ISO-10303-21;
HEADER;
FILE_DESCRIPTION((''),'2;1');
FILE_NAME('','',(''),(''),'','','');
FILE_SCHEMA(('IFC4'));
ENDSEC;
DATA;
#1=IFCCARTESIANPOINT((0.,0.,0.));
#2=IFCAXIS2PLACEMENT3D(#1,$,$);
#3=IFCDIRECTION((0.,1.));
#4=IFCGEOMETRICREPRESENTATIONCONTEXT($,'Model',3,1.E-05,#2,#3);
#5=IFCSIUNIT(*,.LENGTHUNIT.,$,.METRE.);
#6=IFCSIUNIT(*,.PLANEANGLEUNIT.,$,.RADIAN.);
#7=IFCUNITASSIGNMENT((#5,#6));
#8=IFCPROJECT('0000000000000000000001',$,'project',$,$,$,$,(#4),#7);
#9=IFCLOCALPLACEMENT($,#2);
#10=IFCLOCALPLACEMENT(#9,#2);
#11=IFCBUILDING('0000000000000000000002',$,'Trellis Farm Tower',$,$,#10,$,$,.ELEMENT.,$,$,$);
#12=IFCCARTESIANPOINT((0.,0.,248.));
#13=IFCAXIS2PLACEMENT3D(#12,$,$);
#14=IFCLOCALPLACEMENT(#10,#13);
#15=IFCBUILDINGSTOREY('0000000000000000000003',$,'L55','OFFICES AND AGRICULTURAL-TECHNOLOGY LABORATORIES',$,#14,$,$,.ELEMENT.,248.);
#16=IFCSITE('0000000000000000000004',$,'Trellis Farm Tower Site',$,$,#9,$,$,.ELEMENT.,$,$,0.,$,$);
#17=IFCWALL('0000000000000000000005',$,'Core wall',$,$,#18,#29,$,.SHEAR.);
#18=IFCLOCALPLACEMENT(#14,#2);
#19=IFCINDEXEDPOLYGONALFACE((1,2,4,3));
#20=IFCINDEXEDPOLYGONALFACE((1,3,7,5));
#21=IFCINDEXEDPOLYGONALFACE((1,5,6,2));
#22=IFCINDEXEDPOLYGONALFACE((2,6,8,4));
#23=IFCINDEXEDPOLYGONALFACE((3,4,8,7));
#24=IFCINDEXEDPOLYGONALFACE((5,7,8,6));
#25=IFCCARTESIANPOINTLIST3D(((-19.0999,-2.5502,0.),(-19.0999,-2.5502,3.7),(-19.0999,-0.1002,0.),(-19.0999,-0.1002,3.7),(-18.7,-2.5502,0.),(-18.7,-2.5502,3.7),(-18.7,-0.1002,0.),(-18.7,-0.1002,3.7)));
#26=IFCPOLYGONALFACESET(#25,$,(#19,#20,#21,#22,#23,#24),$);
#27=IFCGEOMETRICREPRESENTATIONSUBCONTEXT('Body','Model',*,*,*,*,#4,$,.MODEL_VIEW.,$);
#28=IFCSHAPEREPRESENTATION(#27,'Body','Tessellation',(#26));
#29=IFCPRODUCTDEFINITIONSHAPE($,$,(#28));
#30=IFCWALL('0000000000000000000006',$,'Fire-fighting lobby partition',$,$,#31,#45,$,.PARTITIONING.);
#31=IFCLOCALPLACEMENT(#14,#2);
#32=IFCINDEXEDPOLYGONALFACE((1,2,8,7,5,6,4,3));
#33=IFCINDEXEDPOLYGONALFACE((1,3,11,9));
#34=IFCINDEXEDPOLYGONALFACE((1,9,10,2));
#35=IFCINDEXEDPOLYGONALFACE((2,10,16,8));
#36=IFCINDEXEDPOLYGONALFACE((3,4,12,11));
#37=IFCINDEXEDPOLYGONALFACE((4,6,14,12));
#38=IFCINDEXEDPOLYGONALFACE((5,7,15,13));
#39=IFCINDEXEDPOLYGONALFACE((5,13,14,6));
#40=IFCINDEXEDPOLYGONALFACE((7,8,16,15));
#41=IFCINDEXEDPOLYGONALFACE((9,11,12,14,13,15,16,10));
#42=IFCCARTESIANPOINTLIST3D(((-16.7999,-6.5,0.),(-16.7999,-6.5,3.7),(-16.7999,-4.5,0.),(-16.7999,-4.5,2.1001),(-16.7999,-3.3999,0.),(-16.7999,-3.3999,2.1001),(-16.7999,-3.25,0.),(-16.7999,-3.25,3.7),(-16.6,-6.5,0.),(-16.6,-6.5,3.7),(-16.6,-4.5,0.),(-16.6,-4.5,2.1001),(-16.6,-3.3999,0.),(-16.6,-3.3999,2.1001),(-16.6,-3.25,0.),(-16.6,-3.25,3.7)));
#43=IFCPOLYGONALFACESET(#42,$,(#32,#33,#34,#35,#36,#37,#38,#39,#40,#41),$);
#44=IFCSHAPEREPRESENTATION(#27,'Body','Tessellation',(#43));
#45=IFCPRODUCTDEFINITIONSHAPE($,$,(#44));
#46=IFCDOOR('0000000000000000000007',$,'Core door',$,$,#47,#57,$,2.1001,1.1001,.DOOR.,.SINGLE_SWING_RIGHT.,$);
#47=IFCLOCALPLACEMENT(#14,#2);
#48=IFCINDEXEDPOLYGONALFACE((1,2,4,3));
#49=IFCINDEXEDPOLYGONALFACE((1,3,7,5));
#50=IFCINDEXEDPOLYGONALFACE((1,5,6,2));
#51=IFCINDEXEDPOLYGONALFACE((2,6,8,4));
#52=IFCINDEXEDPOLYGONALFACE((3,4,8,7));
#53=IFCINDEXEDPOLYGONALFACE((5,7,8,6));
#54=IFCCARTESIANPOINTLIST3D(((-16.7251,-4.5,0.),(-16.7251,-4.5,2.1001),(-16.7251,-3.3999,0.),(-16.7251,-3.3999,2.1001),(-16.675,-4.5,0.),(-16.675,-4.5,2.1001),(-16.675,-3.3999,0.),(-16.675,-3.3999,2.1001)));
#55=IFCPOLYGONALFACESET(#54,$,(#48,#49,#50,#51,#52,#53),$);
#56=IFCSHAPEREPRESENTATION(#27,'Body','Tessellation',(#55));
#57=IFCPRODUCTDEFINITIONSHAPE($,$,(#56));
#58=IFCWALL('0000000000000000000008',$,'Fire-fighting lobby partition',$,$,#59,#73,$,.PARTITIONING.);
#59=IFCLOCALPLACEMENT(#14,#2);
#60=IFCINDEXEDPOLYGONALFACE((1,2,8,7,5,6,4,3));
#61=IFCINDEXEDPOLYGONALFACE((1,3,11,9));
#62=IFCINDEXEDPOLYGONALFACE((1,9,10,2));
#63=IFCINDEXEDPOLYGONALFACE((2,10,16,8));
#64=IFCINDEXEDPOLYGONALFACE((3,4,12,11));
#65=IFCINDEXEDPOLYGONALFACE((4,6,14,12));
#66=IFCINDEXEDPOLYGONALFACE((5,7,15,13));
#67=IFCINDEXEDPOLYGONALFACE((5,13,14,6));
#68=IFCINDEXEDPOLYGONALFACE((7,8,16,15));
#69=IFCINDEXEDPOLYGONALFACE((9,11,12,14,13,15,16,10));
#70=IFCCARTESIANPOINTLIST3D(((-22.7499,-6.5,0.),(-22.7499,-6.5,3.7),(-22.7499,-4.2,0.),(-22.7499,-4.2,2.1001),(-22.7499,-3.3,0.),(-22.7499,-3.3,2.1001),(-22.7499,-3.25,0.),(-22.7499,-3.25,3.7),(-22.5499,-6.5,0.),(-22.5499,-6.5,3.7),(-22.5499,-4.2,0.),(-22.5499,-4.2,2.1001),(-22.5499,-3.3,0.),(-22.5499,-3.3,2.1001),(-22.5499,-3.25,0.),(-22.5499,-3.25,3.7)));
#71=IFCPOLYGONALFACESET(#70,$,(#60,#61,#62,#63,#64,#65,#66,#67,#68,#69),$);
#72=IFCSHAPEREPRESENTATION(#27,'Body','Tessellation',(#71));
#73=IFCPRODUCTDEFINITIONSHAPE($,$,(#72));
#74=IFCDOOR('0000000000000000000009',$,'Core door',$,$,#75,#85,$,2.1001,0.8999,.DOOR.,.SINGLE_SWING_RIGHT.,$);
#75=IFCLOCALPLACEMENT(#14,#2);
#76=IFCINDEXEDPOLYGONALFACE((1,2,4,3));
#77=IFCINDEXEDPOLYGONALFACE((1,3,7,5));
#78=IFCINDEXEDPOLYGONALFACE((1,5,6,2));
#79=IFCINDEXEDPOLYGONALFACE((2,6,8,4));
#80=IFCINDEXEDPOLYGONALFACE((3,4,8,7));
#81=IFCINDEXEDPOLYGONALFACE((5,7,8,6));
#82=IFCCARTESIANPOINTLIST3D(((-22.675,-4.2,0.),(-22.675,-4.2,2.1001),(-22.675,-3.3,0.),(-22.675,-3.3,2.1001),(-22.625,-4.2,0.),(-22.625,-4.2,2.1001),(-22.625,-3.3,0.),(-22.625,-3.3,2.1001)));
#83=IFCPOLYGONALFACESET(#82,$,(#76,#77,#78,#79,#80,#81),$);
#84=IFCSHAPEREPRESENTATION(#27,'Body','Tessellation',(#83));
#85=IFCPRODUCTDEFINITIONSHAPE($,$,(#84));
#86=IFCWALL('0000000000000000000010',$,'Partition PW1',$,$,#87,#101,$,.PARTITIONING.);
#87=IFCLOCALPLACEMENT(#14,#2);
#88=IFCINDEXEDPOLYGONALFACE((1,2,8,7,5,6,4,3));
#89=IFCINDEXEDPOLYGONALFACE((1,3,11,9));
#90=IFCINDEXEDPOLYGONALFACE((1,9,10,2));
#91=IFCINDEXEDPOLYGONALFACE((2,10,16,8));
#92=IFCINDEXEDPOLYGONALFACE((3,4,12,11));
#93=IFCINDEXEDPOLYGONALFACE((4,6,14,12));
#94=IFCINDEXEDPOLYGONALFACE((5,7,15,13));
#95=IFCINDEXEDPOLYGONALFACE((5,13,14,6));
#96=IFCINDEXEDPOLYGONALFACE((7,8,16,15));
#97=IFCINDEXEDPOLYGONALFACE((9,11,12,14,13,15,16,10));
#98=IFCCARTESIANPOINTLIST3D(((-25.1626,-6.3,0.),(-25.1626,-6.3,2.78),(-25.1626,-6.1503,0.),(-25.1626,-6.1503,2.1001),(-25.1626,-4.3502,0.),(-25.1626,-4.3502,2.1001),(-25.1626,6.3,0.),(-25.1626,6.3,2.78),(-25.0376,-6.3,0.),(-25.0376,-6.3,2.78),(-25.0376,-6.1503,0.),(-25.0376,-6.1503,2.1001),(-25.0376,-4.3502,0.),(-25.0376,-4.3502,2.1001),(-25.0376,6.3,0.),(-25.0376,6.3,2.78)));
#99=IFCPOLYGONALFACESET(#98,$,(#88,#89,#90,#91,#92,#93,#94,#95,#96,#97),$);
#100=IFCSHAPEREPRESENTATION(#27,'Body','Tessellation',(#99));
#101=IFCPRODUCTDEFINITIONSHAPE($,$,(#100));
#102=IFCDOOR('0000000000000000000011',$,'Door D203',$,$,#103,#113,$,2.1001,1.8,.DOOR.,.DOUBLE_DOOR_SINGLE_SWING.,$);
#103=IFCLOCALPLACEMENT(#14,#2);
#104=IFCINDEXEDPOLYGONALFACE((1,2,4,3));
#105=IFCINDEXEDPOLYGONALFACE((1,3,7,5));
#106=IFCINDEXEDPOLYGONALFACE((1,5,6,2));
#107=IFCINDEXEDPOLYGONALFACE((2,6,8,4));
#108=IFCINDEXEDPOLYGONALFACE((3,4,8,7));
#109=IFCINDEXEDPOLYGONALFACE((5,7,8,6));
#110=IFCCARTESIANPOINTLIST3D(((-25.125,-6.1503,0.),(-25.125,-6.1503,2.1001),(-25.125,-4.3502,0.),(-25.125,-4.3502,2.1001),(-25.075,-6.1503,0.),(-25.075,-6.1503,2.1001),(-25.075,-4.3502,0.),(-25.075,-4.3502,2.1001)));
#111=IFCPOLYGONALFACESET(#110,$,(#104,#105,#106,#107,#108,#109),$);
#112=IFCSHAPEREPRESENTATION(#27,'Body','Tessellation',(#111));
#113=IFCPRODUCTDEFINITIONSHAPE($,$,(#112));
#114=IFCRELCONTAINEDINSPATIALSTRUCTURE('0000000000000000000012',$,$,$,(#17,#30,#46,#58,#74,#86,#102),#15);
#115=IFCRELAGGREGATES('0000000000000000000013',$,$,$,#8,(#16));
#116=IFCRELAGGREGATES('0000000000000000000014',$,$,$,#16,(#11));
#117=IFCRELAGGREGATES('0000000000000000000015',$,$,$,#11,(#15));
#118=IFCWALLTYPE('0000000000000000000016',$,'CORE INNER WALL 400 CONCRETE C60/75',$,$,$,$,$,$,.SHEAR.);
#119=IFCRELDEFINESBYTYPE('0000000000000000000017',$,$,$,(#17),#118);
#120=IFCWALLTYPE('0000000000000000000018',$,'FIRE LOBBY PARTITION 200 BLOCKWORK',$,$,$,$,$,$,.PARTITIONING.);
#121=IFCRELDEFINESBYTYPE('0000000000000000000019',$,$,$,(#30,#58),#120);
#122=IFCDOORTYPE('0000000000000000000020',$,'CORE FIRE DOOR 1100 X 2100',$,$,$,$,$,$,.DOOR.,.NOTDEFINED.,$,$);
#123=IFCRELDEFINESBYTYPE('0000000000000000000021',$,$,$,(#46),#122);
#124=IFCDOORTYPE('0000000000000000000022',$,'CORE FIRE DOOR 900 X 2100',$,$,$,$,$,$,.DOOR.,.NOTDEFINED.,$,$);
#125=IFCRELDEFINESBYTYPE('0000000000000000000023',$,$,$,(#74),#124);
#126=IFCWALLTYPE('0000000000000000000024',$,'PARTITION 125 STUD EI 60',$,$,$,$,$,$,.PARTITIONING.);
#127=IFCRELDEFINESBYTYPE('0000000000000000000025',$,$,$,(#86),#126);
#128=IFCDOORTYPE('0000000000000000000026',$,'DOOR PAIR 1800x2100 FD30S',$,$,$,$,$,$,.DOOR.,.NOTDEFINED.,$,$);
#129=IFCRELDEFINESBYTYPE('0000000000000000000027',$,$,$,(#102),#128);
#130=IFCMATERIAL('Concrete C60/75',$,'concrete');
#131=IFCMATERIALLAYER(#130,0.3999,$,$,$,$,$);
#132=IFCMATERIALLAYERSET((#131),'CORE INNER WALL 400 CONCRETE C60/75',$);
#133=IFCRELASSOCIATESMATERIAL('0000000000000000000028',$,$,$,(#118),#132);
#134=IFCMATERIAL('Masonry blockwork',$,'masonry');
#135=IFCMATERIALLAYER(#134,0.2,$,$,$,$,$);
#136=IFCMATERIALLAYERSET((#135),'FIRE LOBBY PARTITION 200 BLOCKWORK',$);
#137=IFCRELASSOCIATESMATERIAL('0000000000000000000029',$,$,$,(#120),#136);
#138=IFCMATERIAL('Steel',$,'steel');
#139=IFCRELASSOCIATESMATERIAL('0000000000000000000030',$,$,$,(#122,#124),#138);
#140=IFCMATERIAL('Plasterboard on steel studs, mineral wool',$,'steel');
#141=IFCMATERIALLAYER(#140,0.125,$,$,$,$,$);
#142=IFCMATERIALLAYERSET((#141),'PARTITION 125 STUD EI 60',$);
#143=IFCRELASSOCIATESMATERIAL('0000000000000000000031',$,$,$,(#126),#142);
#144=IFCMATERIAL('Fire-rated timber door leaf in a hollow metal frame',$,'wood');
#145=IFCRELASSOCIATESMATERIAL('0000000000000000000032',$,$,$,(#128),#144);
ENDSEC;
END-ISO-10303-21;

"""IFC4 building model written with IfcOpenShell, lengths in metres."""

from ifc_helpers import new_model, si_unit, direction, frame, frame_2d, origin, place, context, subcontext, project, spatial, rectangle, extrude, source, transform, mapped, material, layer, layer_set, type_object, element, fill, save


model = new_model("IFC4")

# Units and contexts
model_context = context("Model", 3, precision=1e-05, world=origin(), true_north=direction((0.0, 1.0)))
body_context = subcontext(model_context, "Body", "Model", "MODEL_VIEW")
ifc_project = project(units=[si_unit("LENGTHUNIT", "METRE"), si_unit("PLANEANGLEUNIT", "RADIAN")], contexts=[model_context])

# Site, building, storey
site_placement = place(None, origin())
site = spatial("IfcSite", under=ifc_project, at=site_placement, Name="Trellis Farm Tower Site", CompositionType="ELEMENT", RefElevation=0.0)
building_placement = place(site_placement, origin())
building = spatial("IfcBuilding", under=site, at=building_placement, Name="Trellis Farm Tower", CompositionType="ELEMENT")
storey_placement = place(building_placement, frame((0.0, 0.0, 248.0)))
storey = spatial("IfcBuildingStorey", under=building, at=storey_placement, Name="L55", Description="OFFICES AND AGRICULTURAL-TECHNOLOGY LABORATORIES", CompositionType="ELEMENT", Elevation=248.0)

# Shared definitions
ifc_material_1 = material(Name="Concrete C60/75", Category="concrete")

# Wall
ifc_layer_1 = layer(ifc_material_1, 0.3999)
ifc_layer_set_1 = layer_set([ifc_layer_1], Name="CORE INNER WALL 400 CONCRETE C60/75")
wall_type_1 = type_object("IfcWallType", Name="CORE INNER WALL 400 CONCRETE C60/75", PredefinedType="SHEAR", material=ifc_layer_set_1)
shared_shape_1 = source(origin(), body_context, "Body", "SweptSolid", [
    extrude(rectangle(XDim=2.45, YDim=0.3999, at=frame_2d((1.2251, 0.0))), origin(), (0.0, 0.0, 1.0), 3.7),
])
for number, where, z_axis, x_axis, name in (
    (1, (-18.8999, -0.1001, 0.0), (0.0, 0.0, 1.0), (0.0, -1.0, 0.0), "Core wall"),
):
    element("IfcWall", number, at=place(storey_placement, frame(where, z_axis=z_axis, x_axis=x_axis)), inside=storey, type_object=wall_type_1, Name=name, PredefinedType="SHEAR", context=body_context, shape_type="MappedRepresentation", body=[
        mapped(shared_shape_1, transform((0.0, 0.0, 0.0))),
    ])

# Walls, openings, doors
ifc_material_2 = material(Name="Masonry blockwork", Category="masonry")
ifc_layer_2 = layer(ifc_material_2, 0.2)
ifc_layer_set_2 = layer_set([ifc_layer_2], Name="FIRE LOBBY PARTITION 200 BLOCKWORK")
wall_type_2 = type_object("IfcWallType", Name="FIRE LOBBY PARTITION 200 BLOCKWORK", PredefinedType="PARTITIONING", material=ifc_layer_set_2)
shared_shape_2 = source(origin(), body_context, "Body", "SweptSolid", [
    extrude(rectangle(XDim=3.25, YDim=0.2, at=frame_2d((1.625, 0.0))), origin(), (0.0, 0.0, 1.0), 3.7),
])
wall_1_placement = place(storey_placement, frame((-16.7, -3.25, 0.0), z_axis=(0.0, 0.0, 1.0), x_axis=(0.0, -1.0, 0.0)))
wall_1 = element("IfcWall", 2, at=wall_1_placement, inside=storey, type_object=wall_type_2, Name="Fire-fighting lobby partition", PredefinedType="PARTITIONING", context=body_context, shape_type="MappedRepresentation", body=[
    mapped(shared_shape_2, transform((0.0, 0.0, 0.0))),
])
shared_shape_3 = source(origin(), body_context, "Body", "SweptSolid", [
    extrude(rectangle(XDim=1.1001, YDim=2.1001, at=frame_2d((0.55, 1.05))), frame((0.0, 0.1101, 0.0), z_axis=(0.0, -1.0, 0.0), x_axis=(1.0, 0.0, 0.0)), (0.0, 0.0, 1.0), 0.2202),
])
opening_1_placement = place(wall_1_placement, frame((0.1499, 0.0, 0.0)))
opening_1 = element("IfcOpeningElement", 3, at=opening_1_placement, cuts=wall_1, PredefinedType="OPENING", context=body_context, shape_type="MappedRepresentation", body=[
    mapped(shared_shape_3, transform((0.0, 0.0, 0.0))),
])
ifc_material_3 = material(Name="Steel", Category="steel")
door_type_1 = type_object("IfcDoorType", Name="CORE FIRE DOOR 1100 X 2100", OperationType="NOTDEFINED", PredefinedType="DOOR", material=ifc_material_3)
shared_shape_4 = source(origin(), body_context, "Body", "SweptSolid", [
    extrude(rectangle(XDim=1.1001, YDim=2.1001, at=frame_2d((0.55, 1.05))), frame((0.0, 0.0249, 0.0), z_axis=(0.0, -1.0, 0.0), x_axis=(1.0, 0.0, 0.0)), (0.0, 0.0, 1.0), 0.05),
])
door_1_placement = place(opening_1_placement, origin())
door_1 = element("IfcDoor", 4, at=door_1_placement, inside=storey, type_object=door_type_1, Name="Core door", OperationType="SINGLE_SWING_RIGHT", OverallHeight=2.1001, OverallWidth=1.1001, PredefinedType="DOOR", context=body_context, shape_type="MappedRepresentation", body=[
    mapped(shared_shape_4, transform((0.0, 0.0, 0.0))),
])
fill(opening_1, door_1)
wall_2_placement = place(storey_placement, frame((-22.6499, -3.25, 0.0), z_axis=(0.0, 0.0, 1.0), x_axis=(0.0, -1.0, 0.0)))
wall_2 = element("IfcWall", 5, at=wall_2_placement, inside=storey, type_object=wall_type_2, Name="Fire-fighting lobby partition", PredefinedType="PARTITIONING", context=body_context, shape_type="MappedRepresentation", body=[
    mapped(shared_shape_2, transform((0.0, 0.0, 0.0))),
])
shared_shape_5 = source(origin(), body_context, "Body", "SweptSolid", [
    extrude(rectangle(XDim=0.8999, YDim=2.1001, at=frame_2d((0.45, 1.05))), frame((0.0, 0.1101, 0.0), z_axis=(0.0, -1.0, 0.0), x_axis=(1.0, 0.0, 0.0)), (0.0, 0.0, 1.0), 0.2202),
])
opening_2_placement = place(wall_2_placement, frame((0.05, 0.0, 0.0)))
opening_2 = element("IfcOpeningElement", 6, at=opening_2_placement, cuts=wall_2, PredefinedType="OPENING", context=body_context, shape_type="MappedRepresentation", body=[
    mapped(shared_shape_5, transform((0.0, 0.0, 0.0))),
])
door_type_2 = type_object("IfcDoorType", Name="CORE FIRE DOOR 900 X 2100", OperationType="NOTDEFINED", PredefinedType="DOOR", material=ifc_material_3)
shared_shape_6 = source(origin(), body_context, "Body", "SweptSolid", [
    extrude(rectangle(XDim=0.8999, YDim=2.1001, at=frame_2d((0.45, 1.05))), frame((0.0, 0.0249, 0.0), z_axis=(0.0, -1.0, 0.0), x_axis=(1.0, 0.0, 0.0)), (0.0, 0.0, 1.0), 0.05),
])
door_2_placement = place(opening_2_placement, origin())
door_2 = element("IfcDoor", 7, at=door_2_placement, inside=storey, type_object=door_type_2, Name="Core door", OperationType="SINGLE_SWING_RIGHT", OverallHeight=2.1001, OverallWidth=0.8999, PredefinedType="DOOR", context=body_context, shape_type="MappedRepresentation", body=[
    mapped(shared_shape_6, transform((0.0, 0.0, 0.0))),
])
fill(opening_2, door_2)
ifc_material_4 = material(Name="Plasterboard on steel studs, mineral wool", Category="steel")
ifc_layer_3 = layer(ifc_material_4, 0.125)
ifc_layer_set_3 = layer_set([ifc_layer_3], Name="PARTITION 125 STUD EI 60")
wall_type_3 = type_object("IfcWallType", Name="PARTITION 125 STUD EI 60", PredefinedType="PARTITIONING", material=ifc_layer_set_3)
shared_shape_7 = source(origin(), body_context, "Body", "SweptSolid", [
    extrude(rectangle(XDim=12.6001, YDim=0.125, at=frame_2d((6.3, 0.0))), origin(), (0.0, 0.0, 1.0), 2.78),
])
wall_3_placement = place(storey_placement, frame((-25.1001, -6.3, 0.0), z_axis=(0.0, 0.0, 1.0), x_axis=(0.0, 1.0, 0.0)))
wall_3 = element("IfcWall", 8, at=wall_3_placement, inside=storey, type_object=wall_type_3, Name="Partition PW1", PredefinedType="PARTITIONING", context=body_context, shape_type="MappedRepresentation", body=[
    mapped(shared_shape_7, transform((0.0, 0.0, 0.0))),
])
shared_shape_8 = source(origin(), body_context, "Body", "SweptSolid", [
    extrude(rectangle(XDim=1.8, YDim=2.1001, at=frame_2d((0.8999, 1.05))), frame((0.0, 0.0725, 0.0), z_axis=(0.0, -1.0, 0.0), x_axis=(1.0, 0.0, 0.0)), (0.0, 0.0, 1.0), 0.145),
])
opening_3_placement = place(wall_3_placement, frame((0.1499, 0.0, 0.0)))
opening_3 = element("IfcOpeningElement", 9, at=opening_3_placement, cuts=wall_3, PredefinedType="OPENING", context=body_context, shape_type="MappedRepresentation", body=[
    mapped(shared_shape_8, transform((0.0, 0.0, 0.0))),
])
ifc_material_5 = material(Name="Fire-rated timber door leaf in a hollow metal frame", Category="wood")
door_type_3 = type_object("IfcDoorType", Name="DOOR PAIR 1800x2100 FD30S", OperationType="NOTDEFINED", PredefinedType="DOOR", material=ifc_material_5)
shared_shape_9 = source(origin(), body_context, "Body", "SweptSolid", [
    extrude(rectangle(XDim=1.8, YDim=2.1001, at=frame_2d((0.8999, 1.05))), frame((0.0, 0.0249, 0.0), z_axis=(0.0, -1.0, 0.0), x_axis=(1.0, 0.0, 0.0)), (0.0, 0.0, 1.0), 0.05),
])
door_3_placement = place(opening_3_placement, origin())
door_3 = element("IfcDoor", 10, at=door_3_placement, inside=storey, type_object=door_type_3, Name="Door D203", OperationType="DOUBLE_DOOR_SINGLE_SWING", OverallHeight=2.1001, OverallWidth=1.8, PredefinedType="DOOR", context=body_context, shape_type="MappedRepresentation", body=[
    mapped(shared_shape_9, transform((0.0, 0.0, 0.0))),
])
fill(opening_3, door_3)

save(model, "model.ifc")
